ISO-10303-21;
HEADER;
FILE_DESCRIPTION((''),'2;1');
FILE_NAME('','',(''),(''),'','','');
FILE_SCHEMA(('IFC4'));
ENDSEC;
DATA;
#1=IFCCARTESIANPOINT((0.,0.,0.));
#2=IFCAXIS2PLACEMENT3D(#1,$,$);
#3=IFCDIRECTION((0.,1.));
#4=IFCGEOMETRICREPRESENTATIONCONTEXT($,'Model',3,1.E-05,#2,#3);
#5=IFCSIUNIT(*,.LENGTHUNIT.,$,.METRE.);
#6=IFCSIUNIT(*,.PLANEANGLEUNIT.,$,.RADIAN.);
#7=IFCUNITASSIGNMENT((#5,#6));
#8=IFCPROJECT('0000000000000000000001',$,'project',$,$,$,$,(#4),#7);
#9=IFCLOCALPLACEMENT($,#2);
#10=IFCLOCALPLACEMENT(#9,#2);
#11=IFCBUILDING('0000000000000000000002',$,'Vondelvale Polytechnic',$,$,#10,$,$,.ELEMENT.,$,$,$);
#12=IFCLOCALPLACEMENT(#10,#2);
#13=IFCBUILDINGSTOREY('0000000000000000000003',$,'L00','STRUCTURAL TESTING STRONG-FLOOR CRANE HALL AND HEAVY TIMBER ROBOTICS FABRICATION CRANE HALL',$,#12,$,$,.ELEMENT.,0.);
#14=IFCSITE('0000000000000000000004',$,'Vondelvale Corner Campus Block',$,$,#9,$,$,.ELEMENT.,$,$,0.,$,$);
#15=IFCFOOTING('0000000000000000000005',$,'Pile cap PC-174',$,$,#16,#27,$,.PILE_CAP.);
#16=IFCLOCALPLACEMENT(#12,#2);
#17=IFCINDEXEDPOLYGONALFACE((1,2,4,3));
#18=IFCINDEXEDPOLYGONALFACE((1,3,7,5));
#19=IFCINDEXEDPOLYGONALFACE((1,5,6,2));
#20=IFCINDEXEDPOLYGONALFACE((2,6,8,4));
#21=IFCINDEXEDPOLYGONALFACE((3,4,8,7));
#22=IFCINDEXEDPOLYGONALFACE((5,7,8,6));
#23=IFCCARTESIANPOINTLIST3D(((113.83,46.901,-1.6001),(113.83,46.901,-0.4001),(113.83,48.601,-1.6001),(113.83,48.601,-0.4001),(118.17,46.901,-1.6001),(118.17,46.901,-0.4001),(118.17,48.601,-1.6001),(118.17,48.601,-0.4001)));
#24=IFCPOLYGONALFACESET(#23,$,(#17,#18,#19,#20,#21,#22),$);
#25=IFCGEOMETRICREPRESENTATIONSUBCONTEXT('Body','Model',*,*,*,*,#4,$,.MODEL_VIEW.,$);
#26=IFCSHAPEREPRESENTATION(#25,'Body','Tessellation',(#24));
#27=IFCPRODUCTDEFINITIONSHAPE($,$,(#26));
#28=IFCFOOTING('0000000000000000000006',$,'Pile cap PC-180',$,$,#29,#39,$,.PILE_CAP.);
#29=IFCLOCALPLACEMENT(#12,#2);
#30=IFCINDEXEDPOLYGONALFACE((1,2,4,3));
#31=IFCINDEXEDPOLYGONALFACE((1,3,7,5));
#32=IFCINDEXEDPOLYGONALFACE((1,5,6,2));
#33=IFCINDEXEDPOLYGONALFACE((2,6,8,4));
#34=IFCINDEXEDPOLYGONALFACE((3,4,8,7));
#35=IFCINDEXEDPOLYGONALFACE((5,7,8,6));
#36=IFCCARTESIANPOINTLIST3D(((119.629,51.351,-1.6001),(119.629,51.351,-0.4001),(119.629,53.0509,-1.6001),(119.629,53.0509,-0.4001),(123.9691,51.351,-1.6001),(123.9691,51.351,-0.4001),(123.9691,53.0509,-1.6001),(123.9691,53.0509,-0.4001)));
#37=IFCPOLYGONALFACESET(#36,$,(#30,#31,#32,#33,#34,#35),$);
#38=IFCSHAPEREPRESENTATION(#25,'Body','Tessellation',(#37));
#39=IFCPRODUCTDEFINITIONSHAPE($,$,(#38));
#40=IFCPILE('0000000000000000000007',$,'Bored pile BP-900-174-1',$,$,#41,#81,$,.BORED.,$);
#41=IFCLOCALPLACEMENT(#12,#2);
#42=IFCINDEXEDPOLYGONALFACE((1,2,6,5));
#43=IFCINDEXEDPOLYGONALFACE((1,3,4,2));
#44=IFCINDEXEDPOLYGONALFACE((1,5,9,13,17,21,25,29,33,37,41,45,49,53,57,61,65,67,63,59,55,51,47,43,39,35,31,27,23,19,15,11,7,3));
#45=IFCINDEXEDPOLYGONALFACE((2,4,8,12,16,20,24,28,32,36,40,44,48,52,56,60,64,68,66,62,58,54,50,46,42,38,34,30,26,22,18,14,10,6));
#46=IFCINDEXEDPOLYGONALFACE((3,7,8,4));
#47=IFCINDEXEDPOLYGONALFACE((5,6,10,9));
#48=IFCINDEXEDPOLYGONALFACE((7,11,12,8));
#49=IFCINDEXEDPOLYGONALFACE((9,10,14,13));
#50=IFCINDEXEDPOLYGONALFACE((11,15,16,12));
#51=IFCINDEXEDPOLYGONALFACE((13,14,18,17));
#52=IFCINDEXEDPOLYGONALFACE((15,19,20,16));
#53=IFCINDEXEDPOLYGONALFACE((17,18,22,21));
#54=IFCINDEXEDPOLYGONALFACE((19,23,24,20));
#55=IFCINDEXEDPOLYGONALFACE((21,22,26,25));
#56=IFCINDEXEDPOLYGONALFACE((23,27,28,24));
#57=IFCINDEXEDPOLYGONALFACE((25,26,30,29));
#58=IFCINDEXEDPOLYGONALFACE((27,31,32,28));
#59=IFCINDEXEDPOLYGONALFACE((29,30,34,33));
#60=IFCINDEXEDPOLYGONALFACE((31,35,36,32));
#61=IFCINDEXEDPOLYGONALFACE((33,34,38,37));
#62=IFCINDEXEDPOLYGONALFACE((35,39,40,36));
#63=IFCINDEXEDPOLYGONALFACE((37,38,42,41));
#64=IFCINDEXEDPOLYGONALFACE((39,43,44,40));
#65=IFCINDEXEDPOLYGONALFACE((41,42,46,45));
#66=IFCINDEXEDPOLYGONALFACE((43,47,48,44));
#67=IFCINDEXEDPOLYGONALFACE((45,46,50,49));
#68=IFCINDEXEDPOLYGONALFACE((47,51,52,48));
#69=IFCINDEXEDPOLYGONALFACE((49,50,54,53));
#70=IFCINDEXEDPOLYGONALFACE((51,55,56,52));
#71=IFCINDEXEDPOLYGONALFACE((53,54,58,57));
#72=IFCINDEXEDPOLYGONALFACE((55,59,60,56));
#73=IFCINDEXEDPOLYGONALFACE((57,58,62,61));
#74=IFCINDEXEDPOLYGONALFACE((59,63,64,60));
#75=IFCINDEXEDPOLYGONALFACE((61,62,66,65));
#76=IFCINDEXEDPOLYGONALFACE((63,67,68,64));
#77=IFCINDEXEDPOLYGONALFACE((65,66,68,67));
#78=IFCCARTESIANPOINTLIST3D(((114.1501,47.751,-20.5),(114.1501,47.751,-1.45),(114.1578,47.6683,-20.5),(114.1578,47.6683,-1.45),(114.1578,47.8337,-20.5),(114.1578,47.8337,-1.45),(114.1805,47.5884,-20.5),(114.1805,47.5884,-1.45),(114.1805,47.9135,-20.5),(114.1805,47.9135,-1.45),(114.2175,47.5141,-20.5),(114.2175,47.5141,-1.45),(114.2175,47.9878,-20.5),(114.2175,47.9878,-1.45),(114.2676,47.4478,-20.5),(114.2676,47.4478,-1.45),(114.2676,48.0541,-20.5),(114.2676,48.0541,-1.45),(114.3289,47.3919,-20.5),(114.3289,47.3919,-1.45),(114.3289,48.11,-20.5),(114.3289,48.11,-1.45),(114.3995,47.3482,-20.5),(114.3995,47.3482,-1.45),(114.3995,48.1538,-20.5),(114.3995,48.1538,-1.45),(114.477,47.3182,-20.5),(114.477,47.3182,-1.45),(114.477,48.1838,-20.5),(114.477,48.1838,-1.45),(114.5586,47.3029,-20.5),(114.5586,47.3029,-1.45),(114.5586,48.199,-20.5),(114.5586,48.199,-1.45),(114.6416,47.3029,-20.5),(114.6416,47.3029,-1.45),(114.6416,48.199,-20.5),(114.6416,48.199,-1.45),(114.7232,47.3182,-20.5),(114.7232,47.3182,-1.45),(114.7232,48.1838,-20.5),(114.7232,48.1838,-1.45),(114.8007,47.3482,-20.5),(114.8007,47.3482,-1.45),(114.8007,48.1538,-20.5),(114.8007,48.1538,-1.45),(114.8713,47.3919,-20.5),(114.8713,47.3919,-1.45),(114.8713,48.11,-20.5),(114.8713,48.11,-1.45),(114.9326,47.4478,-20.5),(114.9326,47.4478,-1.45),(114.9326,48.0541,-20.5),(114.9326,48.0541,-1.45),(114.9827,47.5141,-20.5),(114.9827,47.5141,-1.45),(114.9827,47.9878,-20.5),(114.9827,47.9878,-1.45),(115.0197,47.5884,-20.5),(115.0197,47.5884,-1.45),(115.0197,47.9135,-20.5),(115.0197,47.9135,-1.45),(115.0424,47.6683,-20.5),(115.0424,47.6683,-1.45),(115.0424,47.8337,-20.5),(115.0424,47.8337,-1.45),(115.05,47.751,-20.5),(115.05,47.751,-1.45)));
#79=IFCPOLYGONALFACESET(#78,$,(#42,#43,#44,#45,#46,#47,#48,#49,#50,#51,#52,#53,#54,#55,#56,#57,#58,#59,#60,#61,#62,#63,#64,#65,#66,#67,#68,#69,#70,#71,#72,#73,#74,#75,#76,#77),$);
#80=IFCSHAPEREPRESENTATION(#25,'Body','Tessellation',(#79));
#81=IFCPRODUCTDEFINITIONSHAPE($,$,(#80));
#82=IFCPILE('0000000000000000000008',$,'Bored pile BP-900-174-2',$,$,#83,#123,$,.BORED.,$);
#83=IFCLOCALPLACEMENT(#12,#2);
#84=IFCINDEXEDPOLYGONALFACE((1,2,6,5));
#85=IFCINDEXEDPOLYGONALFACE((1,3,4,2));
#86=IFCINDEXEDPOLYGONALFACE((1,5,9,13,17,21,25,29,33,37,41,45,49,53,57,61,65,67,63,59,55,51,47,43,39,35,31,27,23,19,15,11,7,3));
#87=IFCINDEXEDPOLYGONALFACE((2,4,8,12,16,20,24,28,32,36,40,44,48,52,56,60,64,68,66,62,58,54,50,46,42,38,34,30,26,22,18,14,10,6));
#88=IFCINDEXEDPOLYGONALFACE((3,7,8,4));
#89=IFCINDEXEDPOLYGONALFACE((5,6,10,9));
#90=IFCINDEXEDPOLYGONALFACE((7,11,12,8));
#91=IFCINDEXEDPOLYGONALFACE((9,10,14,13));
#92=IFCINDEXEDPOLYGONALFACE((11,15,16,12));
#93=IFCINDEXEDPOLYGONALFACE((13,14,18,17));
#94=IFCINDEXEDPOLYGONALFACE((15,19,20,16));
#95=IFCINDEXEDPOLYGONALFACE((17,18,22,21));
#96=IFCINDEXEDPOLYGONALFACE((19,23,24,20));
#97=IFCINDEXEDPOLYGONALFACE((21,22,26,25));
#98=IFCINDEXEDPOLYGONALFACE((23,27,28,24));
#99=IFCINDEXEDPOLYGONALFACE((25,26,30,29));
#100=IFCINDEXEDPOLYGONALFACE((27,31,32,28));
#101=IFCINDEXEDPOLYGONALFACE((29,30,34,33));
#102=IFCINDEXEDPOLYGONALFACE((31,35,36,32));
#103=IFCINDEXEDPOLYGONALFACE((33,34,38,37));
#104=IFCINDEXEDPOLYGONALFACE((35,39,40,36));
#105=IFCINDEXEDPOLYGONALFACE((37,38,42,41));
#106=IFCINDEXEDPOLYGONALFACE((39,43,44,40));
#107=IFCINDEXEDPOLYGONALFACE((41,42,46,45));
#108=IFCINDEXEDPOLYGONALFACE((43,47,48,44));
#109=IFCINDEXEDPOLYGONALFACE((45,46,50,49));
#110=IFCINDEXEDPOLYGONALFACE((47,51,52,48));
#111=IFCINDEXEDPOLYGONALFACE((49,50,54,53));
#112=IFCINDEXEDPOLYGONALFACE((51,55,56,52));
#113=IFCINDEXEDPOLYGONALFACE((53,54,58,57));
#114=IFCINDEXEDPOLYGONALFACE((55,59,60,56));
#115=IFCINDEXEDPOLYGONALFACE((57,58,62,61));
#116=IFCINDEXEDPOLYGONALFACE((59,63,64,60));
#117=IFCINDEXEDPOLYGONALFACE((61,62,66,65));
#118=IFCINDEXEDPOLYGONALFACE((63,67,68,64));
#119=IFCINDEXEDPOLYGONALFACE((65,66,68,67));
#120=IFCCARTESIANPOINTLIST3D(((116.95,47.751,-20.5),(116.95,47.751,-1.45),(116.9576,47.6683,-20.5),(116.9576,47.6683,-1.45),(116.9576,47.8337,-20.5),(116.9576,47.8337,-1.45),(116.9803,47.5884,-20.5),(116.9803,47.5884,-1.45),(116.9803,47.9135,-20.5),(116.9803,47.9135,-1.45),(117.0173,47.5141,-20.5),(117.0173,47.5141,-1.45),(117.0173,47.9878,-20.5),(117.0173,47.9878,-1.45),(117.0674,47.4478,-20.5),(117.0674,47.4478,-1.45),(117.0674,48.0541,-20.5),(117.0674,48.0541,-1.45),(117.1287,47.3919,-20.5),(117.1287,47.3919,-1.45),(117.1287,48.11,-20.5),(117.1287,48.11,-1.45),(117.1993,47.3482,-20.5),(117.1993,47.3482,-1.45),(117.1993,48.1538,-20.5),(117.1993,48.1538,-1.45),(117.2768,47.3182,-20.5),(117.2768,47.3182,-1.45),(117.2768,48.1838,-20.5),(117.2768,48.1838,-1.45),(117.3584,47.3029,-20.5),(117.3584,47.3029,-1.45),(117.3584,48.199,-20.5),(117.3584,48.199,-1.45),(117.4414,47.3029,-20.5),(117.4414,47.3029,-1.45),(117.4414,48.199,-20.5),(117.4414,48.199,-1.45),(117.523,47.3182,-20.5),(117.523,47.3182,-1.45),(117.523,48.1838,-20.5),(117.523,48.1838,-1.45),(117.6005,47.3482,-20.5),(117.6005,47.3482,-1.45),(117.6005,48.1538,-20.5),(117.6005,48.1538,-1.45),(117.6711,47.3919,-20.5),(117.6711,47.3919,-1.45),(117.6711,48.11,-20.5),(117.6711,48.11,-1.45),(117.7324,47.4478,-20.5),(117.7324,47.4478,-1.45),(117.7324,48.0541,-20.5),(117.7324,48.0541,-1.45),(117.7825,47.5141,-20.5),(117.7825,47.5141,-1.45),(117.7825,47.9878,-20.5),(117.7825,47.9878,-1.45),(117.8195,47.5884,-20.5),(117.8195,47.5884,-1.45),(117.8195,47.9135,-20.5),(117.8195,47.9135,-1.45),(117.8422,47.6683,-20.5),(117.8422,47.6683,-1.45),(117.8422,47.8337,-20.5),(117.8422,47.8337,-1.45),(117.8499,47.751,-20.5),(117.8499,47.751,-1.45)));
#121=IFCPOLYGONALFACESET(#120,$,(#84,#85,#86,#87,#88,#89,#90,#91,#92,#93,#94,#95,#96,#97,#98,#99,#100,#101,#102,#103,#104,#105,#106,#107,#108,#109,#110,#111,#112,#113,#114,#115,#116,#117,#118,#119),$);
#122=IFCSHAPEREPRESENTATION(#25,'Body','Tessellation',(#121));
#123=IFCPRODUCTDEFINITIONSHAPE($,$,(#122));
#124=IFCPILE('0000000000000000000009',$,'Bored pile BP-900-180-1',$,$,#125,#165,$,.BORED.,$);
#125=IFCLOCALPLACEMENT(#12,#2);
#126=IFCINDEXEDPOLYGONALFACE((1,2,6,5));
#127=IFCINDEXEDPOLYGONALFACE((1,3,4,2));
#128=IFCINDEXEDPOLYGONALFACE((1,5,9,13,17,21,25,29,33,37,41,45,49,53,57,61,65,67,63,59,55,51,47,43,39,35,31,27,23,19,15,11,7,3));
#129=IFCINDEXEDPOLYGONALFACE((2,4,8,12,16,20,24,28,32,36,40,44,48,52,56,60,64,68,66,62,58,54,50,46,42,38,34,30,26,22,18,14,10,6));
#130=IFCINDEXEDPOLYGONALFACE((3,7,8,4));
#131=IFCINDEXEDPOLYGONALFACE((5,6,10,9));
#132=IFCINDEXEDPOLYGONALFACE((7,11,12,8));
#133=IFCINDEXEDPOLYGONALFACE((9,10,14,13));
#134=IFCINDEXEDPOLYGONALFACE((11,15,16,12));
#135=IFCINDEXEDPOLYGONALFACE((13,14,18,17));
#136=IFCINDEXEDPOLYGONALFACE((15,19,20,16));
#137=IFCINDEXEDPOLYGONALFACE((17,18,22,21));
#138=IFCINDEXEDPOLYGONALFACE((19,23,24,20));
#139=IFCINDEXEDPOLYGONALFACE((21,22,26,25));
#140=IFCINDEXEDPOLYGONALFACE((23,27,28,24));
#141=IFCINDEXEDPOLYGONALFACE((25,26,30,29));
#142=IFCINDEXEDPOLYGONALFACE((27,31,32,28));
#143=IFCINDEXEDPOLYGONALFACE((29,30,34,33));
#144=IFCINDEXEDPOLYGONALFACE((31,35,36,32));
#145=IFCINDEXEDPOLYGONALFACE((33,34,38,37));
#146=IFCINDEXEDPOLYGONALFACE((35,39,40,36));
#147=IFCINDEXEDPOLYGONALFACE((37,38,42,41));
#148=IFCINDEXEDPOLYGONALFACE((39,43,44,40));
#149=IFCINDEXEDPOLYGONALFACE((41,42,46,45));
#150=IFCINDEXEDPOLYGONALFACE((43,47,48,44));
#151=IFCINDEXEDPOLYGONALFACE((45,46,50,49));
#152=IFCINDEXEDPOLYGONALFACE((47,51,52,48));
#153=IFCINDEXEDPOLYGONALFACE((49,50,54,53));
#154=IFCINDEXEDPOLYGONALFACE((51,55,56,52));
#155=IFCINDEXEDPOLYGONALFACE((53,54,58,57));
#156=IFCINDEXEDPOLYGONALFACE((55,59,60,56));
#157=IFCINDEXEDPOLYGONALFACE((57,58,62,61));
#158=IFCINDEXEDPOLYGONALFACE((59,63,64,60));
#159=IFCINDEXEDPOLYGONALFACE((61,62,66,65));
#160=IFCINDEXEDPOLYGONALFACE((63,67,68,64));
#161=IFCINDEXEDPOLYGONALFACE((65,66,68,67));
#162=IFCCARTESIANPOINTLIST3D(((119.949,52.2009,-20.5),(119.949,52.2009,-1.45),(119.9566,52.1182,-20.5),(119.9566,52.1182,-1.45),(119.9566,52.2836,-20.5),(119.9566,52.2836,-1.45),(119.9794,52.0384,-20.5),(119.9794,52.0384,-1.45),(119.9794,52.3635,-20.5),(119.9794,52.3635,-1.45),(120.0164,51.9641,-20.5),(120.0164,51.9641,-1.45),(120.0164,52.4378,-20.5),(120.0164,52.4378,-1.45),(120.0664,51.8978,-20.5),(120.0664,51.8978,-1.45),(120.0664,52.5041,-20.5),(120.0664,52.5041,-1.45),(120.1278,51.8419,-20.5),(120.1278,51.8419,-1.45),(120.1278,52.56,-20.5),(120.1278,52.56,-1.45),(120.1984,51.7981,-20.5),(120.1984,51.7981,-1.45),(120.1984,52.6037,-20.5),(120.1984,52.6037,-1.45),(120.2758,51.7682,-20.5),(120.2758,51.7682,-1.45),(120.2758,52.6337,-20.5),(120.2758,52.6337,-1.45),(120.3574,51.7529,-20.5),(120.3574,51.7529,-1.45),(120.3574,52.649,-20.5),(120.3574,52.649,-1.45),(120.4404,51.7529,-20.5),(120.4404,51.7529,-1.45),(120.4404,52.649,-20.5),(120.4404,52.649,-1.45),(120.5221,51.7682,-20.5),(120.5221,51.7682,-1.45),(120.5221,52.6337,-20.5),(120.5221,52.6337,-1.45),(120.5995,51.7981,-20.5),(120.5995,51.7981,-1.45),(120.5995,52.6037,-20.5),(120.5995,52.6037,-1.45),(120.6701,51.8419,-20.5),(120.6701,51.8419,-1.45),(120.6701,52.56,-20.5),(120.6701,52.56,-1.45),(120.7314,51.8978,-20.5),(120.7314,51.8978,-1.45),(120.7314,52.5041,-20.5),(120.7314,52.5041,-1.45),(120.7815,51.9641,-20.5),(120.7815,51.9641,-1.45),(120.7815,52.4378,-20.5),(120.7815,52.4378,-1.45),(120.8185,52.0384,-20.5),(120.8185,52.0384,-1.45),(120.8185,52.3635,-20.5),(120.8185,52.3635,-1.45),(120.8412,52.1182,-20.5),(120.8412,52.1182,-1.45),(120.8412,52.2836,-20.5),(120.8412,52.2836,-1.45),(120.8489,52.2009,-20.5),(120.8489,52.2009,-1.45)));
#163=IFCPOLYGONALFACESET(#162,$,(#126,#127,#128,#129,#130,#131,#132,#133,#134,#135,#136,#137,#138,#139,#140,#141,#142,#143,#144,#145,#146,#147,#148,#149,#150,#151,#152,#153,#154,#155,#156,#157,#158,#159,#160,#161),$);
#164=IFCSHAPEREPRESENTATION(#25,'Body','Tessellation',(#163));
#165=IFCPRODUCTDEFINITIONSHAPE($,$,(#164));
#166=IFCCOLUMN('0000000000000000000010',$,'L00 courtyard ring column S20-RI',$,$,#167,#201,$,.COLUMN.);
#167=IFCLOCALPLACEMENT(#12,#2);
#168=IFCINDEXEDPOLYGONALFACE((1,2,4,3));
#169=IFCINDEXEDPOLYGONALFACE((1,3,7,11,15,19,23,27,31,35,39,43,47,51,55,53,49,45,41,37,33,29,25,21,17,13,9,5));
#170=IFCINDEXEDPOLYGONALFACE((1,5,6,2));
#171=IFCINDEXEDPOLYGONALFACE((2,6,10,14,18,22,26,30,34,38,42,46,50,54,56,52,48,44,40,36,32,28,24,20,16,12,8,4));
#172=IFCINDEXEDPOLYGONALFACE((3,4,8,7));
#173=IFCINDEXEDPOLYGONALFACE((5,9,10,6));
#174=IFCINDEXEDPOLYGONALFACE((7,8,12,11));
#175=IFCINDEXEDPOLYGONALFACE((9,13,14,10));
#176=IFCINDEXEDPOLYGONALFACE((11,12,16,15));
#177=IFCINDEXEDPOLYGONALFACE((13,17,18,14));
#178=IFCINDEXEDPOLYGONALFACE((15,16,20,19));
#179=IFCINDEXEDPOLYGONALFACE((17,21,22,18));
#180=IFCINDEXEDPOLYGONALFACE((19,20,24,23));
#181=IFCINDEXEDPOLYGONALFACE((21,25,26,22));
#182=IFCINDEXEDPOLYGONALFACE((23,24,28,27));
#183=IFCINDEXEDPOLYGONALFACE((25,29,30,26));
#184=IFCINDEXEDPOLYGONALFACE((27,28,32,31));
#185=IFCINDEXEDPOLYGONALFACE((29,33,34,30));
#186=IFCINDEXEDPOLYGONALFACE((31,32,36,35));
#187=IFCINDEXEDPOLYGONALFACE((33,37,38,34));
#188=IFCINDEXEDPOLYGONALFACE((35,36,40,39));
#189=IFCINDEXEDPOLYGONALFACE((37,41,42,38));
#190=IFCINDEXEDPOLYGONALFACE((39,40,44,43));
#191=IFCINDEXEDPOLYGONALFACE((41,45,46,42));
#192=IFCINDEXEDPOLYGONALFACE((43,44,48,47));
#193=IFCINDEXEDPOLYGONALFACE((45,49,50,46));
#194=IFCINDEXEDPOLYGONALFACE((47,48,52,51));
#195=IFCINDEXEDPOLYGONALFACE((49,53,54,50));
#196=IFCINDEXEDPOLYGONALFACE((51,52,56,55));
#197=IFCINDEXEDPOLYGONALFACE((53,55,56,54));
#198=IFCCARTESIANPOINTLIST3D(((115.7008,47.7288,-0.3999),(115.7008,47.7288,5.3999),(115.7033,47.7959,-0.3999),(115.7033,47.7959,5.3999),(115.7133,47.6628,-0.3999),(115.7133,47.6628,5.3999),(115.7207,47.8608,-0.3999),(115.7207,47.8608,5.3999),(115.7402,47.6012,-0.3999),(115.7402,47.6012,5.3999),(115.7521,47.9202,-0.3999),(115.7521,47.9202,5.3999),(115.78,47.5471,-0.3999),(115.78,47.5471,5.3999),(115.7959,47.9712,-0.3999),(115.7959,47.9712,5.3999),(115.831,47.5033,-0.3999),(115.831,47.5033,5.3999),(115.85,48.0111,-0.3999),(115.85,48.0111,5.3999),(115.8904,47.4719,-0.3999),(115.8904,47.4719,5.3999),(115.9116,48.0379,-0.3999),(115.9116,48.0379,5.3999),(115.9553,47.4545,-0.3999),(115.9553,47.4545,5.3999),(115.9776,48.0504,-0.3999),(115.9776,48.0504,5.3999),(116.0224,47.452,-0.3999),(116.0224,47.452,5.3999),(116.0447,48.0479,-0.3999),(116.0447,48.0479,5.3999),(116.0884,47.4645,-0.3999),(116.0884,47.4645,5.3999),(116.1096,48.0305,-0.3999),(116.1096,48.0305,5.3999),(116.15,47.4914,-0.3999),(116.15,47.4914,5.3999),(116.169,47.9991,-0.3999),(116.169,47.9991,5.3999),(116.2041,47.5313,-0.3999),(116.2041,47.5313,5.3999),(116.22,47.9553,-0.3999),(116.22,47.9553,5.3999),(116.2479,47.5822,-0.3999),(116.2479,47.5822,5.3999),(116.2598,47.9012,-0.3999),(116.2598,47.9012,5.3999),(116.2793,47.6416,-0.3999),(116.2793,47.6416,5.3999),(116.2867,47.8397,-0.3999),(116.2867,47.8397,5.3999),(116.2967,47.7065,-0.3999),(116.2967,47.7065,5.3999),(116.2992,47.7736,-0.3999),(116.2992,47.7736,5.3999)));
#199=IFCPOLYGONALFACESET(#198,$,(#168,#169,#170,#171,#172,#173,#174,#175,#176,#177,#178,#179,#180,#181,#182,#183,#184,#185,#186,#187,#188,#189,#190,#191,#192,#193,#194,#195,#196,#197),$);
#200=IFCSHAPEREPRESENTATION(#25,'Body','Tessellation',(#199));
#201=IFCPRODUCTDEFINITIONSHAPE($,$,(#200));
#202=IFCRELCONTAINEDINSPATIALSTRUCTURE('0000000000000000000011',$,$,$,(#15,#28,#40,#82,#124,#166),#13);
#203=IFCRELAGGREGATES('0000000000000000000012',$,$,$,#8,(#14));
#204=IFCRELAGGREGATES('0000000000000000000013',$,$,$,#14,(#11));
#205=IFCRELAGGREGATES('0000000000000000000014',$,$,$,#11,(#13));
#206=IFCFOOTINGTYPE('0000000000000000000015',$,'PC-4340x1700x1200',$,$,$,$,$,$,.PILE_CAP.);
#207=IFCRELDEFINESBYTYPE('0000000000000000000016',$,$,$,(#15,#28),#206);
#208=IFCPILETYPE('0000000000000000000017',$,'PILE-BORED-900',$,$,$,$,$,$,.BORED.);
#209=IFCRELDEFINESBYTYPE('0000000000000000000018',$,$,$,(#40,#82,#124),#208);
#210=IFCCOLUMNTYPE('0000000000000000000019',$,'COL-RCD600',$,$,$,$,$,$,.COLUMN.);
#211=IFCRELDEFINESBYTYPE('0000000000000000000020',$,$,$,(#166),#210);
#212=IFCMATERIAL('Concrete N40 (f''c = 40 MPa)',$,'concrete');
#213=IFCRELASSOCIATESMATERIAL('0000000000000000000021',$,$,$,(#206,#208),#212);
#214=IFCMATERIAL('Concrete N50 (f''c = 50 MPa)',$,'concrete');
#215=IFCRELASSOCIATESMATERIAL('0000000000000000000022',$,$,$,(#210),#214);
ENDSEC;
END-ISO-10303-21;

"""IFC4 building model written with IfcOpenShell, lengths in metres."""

from ifc_helpers import new_model, si_unit, direction, frame, origin, origin_2d, place, context, subcontext, project, spatial, rectangle, circle, extrude, material, material_profile, profile_set, type_object, element, save


model = new_model("IFC4")

# Units and contexts
model_context = context("Model", 3, precision=1e-05, world=origin(), true_north=direction((0.0, 1.0)))
body_context = subcontext(model_context, "Body", "Model", "MODEL_VIEW")
ifc_project = project(units=[si_unit("LENGTHUNIT", "METRE"), si_unit("PLANEANGLEUNIT", "RADIAN")], contexts=[model_context])

# Site, building, storey
site_placement = place(None, origin())
site = spatial("IfcSite", under=ifc_project, at=site_placement, Name="Vondelvale Corner Campus Block", CompositionType="ELEMENT", RefElevation=0.0)
building_placement = place(site_placement, origin())
building = spatial("IfcBuilding", under=site, at=building_placement, Name="Vondelvale Polytechnic", CompositionType="ELEMENT")
storey_placement = place(building_placement, origin())
storey = spatial("IfcBuildingStorey", under=building, at=storey_placement, Name="L00", Description="STRUCTURAL TESTING STRONG-FLOOR CRANE HALL AND HEAVY TIMBER ROBOTICS FABRICATION CRANE HALL", CompositionType="ELEMENT", Elevation=0.0)

# Footings
ifc_material_1 = material(Name="Concrete N40 (f'c = 40 MPa)", Category="concrete")
footing_type = type_object("IfcFootingType", Name="PC-4340x1700x1200", PredefinedType="PILE_CAP", material=ifc_material_1)
for number, where, z_axis, x_axis, name in (
    (1, (116.0, 47.751, -1.6001), (0.0, 0.0, 1.0), (1.0, 0.0, 0.0), "Pile cap PC-174"),
    (2, (121.7991, 52.2009, -1.6001), (0.0, 0.0, 1.0), (1.0, 0.0, 0.0), "Pile cap PC-180"),
):
    element("IfcFooting", number, at=place(storey_placement, frame(where, z_axis=z_axis, x_axis=x_axis)), inside=storey, type_object=footing_type, Name=name, PredefinedType="PILE_CAP", context=body_context, shape_type="SweptSolid", body=[
        extrude(rectangle(XDim=4.3401, YDim=1.7, at=origin_2d()), origin(), (0.0, 0.0, 1.0), 1.2),
    ])

# Piles
ifc_material_profile_1 = material_profile(ifc_material_1, circle(Radius=0.45, at=origin_2d()), Name="PILE-D900")
ifc_profile_set_1 = profile_set([ifc_material_profile_1], Name="Concrete N40 (f'c = 40 MPa)")
pile_type = type_object("IfcPileType", Name="PILE-BORED-900", PredefinedType="BORED", material=ifc_profile_set_1)
for number, where, z_axis, x_axis, name in (
    (3, (114.6001, 47.751, -1.45), (0.0, 0.0, -1.0), (1.0, 0.0, 0.0), "Bored pile BP-900-174-1"),
    (4, (117.3999, 47.751, -1.45), (0.0, 0.0, -1.0), (1.0, 0.0, 0.0), "Bored pile BP-900-174-2"),
    (5, (120.3989, 52.2009, -1.45), (0.0, 0.0, -1.0), (1.0, 0.0, 0.0), "Bored pile BP-900-180-1"),
):
    element("IfcPile", number, at=place(storey_placement, frame(where, z_axis=z_axis, x_axis=x_axis)), inside=storey, type_object=pile_type, Name=name, PredefinedType="BORED", context=body_context, shape_type="SweptSolid", body=[
        extrude(circle(Radius=0.45, at=origin_2d()), origin(), (0.0, 0.0, 1.0), 19.05),
    ])

# Column
ifc_material_2 = material(Name="Concrete N50 (f'c = 50 MPa)", Category="concrete")
ifc_material_profile_2 = material_profile(ifc_material_2, circle(Radius=0.3, at=origin_2d()), Name="RC-COL-D600")
ifc_profile_set_2 = profile_set([ifc_material_profile_2], Name="Concrete N50 (f'c = 50 MPa)")
column_type = type_object("IfcColumnType", Name="COL-RCD600", PredefinedType="COLUMN", material=ifc_profile_set_2)
for number, where, z_axis, x_axis, name in (
    (6, (116.0, 47.7512, -0.3999), (0.0, 0.0, 1.0), (-0.5, 0.866025, 0.0), "L00 courtyard ring column S20-RI"),
):
    element("IfcColumn", number, at=place(storey_placement, frame(where, z_axis=z_axis, x_axis=x_axis)), inside=storey, type_object=column_type, Name=name, PredefinedType="COLUMN", context=body_context, shape_type="SweptSolid", body=[
        extrude(circle(Radius=0.3, at=origin_2d()), origin(), (0.0, 0.0, 1.0), 5.7998),
    ])

save(model, "model.ifc")
